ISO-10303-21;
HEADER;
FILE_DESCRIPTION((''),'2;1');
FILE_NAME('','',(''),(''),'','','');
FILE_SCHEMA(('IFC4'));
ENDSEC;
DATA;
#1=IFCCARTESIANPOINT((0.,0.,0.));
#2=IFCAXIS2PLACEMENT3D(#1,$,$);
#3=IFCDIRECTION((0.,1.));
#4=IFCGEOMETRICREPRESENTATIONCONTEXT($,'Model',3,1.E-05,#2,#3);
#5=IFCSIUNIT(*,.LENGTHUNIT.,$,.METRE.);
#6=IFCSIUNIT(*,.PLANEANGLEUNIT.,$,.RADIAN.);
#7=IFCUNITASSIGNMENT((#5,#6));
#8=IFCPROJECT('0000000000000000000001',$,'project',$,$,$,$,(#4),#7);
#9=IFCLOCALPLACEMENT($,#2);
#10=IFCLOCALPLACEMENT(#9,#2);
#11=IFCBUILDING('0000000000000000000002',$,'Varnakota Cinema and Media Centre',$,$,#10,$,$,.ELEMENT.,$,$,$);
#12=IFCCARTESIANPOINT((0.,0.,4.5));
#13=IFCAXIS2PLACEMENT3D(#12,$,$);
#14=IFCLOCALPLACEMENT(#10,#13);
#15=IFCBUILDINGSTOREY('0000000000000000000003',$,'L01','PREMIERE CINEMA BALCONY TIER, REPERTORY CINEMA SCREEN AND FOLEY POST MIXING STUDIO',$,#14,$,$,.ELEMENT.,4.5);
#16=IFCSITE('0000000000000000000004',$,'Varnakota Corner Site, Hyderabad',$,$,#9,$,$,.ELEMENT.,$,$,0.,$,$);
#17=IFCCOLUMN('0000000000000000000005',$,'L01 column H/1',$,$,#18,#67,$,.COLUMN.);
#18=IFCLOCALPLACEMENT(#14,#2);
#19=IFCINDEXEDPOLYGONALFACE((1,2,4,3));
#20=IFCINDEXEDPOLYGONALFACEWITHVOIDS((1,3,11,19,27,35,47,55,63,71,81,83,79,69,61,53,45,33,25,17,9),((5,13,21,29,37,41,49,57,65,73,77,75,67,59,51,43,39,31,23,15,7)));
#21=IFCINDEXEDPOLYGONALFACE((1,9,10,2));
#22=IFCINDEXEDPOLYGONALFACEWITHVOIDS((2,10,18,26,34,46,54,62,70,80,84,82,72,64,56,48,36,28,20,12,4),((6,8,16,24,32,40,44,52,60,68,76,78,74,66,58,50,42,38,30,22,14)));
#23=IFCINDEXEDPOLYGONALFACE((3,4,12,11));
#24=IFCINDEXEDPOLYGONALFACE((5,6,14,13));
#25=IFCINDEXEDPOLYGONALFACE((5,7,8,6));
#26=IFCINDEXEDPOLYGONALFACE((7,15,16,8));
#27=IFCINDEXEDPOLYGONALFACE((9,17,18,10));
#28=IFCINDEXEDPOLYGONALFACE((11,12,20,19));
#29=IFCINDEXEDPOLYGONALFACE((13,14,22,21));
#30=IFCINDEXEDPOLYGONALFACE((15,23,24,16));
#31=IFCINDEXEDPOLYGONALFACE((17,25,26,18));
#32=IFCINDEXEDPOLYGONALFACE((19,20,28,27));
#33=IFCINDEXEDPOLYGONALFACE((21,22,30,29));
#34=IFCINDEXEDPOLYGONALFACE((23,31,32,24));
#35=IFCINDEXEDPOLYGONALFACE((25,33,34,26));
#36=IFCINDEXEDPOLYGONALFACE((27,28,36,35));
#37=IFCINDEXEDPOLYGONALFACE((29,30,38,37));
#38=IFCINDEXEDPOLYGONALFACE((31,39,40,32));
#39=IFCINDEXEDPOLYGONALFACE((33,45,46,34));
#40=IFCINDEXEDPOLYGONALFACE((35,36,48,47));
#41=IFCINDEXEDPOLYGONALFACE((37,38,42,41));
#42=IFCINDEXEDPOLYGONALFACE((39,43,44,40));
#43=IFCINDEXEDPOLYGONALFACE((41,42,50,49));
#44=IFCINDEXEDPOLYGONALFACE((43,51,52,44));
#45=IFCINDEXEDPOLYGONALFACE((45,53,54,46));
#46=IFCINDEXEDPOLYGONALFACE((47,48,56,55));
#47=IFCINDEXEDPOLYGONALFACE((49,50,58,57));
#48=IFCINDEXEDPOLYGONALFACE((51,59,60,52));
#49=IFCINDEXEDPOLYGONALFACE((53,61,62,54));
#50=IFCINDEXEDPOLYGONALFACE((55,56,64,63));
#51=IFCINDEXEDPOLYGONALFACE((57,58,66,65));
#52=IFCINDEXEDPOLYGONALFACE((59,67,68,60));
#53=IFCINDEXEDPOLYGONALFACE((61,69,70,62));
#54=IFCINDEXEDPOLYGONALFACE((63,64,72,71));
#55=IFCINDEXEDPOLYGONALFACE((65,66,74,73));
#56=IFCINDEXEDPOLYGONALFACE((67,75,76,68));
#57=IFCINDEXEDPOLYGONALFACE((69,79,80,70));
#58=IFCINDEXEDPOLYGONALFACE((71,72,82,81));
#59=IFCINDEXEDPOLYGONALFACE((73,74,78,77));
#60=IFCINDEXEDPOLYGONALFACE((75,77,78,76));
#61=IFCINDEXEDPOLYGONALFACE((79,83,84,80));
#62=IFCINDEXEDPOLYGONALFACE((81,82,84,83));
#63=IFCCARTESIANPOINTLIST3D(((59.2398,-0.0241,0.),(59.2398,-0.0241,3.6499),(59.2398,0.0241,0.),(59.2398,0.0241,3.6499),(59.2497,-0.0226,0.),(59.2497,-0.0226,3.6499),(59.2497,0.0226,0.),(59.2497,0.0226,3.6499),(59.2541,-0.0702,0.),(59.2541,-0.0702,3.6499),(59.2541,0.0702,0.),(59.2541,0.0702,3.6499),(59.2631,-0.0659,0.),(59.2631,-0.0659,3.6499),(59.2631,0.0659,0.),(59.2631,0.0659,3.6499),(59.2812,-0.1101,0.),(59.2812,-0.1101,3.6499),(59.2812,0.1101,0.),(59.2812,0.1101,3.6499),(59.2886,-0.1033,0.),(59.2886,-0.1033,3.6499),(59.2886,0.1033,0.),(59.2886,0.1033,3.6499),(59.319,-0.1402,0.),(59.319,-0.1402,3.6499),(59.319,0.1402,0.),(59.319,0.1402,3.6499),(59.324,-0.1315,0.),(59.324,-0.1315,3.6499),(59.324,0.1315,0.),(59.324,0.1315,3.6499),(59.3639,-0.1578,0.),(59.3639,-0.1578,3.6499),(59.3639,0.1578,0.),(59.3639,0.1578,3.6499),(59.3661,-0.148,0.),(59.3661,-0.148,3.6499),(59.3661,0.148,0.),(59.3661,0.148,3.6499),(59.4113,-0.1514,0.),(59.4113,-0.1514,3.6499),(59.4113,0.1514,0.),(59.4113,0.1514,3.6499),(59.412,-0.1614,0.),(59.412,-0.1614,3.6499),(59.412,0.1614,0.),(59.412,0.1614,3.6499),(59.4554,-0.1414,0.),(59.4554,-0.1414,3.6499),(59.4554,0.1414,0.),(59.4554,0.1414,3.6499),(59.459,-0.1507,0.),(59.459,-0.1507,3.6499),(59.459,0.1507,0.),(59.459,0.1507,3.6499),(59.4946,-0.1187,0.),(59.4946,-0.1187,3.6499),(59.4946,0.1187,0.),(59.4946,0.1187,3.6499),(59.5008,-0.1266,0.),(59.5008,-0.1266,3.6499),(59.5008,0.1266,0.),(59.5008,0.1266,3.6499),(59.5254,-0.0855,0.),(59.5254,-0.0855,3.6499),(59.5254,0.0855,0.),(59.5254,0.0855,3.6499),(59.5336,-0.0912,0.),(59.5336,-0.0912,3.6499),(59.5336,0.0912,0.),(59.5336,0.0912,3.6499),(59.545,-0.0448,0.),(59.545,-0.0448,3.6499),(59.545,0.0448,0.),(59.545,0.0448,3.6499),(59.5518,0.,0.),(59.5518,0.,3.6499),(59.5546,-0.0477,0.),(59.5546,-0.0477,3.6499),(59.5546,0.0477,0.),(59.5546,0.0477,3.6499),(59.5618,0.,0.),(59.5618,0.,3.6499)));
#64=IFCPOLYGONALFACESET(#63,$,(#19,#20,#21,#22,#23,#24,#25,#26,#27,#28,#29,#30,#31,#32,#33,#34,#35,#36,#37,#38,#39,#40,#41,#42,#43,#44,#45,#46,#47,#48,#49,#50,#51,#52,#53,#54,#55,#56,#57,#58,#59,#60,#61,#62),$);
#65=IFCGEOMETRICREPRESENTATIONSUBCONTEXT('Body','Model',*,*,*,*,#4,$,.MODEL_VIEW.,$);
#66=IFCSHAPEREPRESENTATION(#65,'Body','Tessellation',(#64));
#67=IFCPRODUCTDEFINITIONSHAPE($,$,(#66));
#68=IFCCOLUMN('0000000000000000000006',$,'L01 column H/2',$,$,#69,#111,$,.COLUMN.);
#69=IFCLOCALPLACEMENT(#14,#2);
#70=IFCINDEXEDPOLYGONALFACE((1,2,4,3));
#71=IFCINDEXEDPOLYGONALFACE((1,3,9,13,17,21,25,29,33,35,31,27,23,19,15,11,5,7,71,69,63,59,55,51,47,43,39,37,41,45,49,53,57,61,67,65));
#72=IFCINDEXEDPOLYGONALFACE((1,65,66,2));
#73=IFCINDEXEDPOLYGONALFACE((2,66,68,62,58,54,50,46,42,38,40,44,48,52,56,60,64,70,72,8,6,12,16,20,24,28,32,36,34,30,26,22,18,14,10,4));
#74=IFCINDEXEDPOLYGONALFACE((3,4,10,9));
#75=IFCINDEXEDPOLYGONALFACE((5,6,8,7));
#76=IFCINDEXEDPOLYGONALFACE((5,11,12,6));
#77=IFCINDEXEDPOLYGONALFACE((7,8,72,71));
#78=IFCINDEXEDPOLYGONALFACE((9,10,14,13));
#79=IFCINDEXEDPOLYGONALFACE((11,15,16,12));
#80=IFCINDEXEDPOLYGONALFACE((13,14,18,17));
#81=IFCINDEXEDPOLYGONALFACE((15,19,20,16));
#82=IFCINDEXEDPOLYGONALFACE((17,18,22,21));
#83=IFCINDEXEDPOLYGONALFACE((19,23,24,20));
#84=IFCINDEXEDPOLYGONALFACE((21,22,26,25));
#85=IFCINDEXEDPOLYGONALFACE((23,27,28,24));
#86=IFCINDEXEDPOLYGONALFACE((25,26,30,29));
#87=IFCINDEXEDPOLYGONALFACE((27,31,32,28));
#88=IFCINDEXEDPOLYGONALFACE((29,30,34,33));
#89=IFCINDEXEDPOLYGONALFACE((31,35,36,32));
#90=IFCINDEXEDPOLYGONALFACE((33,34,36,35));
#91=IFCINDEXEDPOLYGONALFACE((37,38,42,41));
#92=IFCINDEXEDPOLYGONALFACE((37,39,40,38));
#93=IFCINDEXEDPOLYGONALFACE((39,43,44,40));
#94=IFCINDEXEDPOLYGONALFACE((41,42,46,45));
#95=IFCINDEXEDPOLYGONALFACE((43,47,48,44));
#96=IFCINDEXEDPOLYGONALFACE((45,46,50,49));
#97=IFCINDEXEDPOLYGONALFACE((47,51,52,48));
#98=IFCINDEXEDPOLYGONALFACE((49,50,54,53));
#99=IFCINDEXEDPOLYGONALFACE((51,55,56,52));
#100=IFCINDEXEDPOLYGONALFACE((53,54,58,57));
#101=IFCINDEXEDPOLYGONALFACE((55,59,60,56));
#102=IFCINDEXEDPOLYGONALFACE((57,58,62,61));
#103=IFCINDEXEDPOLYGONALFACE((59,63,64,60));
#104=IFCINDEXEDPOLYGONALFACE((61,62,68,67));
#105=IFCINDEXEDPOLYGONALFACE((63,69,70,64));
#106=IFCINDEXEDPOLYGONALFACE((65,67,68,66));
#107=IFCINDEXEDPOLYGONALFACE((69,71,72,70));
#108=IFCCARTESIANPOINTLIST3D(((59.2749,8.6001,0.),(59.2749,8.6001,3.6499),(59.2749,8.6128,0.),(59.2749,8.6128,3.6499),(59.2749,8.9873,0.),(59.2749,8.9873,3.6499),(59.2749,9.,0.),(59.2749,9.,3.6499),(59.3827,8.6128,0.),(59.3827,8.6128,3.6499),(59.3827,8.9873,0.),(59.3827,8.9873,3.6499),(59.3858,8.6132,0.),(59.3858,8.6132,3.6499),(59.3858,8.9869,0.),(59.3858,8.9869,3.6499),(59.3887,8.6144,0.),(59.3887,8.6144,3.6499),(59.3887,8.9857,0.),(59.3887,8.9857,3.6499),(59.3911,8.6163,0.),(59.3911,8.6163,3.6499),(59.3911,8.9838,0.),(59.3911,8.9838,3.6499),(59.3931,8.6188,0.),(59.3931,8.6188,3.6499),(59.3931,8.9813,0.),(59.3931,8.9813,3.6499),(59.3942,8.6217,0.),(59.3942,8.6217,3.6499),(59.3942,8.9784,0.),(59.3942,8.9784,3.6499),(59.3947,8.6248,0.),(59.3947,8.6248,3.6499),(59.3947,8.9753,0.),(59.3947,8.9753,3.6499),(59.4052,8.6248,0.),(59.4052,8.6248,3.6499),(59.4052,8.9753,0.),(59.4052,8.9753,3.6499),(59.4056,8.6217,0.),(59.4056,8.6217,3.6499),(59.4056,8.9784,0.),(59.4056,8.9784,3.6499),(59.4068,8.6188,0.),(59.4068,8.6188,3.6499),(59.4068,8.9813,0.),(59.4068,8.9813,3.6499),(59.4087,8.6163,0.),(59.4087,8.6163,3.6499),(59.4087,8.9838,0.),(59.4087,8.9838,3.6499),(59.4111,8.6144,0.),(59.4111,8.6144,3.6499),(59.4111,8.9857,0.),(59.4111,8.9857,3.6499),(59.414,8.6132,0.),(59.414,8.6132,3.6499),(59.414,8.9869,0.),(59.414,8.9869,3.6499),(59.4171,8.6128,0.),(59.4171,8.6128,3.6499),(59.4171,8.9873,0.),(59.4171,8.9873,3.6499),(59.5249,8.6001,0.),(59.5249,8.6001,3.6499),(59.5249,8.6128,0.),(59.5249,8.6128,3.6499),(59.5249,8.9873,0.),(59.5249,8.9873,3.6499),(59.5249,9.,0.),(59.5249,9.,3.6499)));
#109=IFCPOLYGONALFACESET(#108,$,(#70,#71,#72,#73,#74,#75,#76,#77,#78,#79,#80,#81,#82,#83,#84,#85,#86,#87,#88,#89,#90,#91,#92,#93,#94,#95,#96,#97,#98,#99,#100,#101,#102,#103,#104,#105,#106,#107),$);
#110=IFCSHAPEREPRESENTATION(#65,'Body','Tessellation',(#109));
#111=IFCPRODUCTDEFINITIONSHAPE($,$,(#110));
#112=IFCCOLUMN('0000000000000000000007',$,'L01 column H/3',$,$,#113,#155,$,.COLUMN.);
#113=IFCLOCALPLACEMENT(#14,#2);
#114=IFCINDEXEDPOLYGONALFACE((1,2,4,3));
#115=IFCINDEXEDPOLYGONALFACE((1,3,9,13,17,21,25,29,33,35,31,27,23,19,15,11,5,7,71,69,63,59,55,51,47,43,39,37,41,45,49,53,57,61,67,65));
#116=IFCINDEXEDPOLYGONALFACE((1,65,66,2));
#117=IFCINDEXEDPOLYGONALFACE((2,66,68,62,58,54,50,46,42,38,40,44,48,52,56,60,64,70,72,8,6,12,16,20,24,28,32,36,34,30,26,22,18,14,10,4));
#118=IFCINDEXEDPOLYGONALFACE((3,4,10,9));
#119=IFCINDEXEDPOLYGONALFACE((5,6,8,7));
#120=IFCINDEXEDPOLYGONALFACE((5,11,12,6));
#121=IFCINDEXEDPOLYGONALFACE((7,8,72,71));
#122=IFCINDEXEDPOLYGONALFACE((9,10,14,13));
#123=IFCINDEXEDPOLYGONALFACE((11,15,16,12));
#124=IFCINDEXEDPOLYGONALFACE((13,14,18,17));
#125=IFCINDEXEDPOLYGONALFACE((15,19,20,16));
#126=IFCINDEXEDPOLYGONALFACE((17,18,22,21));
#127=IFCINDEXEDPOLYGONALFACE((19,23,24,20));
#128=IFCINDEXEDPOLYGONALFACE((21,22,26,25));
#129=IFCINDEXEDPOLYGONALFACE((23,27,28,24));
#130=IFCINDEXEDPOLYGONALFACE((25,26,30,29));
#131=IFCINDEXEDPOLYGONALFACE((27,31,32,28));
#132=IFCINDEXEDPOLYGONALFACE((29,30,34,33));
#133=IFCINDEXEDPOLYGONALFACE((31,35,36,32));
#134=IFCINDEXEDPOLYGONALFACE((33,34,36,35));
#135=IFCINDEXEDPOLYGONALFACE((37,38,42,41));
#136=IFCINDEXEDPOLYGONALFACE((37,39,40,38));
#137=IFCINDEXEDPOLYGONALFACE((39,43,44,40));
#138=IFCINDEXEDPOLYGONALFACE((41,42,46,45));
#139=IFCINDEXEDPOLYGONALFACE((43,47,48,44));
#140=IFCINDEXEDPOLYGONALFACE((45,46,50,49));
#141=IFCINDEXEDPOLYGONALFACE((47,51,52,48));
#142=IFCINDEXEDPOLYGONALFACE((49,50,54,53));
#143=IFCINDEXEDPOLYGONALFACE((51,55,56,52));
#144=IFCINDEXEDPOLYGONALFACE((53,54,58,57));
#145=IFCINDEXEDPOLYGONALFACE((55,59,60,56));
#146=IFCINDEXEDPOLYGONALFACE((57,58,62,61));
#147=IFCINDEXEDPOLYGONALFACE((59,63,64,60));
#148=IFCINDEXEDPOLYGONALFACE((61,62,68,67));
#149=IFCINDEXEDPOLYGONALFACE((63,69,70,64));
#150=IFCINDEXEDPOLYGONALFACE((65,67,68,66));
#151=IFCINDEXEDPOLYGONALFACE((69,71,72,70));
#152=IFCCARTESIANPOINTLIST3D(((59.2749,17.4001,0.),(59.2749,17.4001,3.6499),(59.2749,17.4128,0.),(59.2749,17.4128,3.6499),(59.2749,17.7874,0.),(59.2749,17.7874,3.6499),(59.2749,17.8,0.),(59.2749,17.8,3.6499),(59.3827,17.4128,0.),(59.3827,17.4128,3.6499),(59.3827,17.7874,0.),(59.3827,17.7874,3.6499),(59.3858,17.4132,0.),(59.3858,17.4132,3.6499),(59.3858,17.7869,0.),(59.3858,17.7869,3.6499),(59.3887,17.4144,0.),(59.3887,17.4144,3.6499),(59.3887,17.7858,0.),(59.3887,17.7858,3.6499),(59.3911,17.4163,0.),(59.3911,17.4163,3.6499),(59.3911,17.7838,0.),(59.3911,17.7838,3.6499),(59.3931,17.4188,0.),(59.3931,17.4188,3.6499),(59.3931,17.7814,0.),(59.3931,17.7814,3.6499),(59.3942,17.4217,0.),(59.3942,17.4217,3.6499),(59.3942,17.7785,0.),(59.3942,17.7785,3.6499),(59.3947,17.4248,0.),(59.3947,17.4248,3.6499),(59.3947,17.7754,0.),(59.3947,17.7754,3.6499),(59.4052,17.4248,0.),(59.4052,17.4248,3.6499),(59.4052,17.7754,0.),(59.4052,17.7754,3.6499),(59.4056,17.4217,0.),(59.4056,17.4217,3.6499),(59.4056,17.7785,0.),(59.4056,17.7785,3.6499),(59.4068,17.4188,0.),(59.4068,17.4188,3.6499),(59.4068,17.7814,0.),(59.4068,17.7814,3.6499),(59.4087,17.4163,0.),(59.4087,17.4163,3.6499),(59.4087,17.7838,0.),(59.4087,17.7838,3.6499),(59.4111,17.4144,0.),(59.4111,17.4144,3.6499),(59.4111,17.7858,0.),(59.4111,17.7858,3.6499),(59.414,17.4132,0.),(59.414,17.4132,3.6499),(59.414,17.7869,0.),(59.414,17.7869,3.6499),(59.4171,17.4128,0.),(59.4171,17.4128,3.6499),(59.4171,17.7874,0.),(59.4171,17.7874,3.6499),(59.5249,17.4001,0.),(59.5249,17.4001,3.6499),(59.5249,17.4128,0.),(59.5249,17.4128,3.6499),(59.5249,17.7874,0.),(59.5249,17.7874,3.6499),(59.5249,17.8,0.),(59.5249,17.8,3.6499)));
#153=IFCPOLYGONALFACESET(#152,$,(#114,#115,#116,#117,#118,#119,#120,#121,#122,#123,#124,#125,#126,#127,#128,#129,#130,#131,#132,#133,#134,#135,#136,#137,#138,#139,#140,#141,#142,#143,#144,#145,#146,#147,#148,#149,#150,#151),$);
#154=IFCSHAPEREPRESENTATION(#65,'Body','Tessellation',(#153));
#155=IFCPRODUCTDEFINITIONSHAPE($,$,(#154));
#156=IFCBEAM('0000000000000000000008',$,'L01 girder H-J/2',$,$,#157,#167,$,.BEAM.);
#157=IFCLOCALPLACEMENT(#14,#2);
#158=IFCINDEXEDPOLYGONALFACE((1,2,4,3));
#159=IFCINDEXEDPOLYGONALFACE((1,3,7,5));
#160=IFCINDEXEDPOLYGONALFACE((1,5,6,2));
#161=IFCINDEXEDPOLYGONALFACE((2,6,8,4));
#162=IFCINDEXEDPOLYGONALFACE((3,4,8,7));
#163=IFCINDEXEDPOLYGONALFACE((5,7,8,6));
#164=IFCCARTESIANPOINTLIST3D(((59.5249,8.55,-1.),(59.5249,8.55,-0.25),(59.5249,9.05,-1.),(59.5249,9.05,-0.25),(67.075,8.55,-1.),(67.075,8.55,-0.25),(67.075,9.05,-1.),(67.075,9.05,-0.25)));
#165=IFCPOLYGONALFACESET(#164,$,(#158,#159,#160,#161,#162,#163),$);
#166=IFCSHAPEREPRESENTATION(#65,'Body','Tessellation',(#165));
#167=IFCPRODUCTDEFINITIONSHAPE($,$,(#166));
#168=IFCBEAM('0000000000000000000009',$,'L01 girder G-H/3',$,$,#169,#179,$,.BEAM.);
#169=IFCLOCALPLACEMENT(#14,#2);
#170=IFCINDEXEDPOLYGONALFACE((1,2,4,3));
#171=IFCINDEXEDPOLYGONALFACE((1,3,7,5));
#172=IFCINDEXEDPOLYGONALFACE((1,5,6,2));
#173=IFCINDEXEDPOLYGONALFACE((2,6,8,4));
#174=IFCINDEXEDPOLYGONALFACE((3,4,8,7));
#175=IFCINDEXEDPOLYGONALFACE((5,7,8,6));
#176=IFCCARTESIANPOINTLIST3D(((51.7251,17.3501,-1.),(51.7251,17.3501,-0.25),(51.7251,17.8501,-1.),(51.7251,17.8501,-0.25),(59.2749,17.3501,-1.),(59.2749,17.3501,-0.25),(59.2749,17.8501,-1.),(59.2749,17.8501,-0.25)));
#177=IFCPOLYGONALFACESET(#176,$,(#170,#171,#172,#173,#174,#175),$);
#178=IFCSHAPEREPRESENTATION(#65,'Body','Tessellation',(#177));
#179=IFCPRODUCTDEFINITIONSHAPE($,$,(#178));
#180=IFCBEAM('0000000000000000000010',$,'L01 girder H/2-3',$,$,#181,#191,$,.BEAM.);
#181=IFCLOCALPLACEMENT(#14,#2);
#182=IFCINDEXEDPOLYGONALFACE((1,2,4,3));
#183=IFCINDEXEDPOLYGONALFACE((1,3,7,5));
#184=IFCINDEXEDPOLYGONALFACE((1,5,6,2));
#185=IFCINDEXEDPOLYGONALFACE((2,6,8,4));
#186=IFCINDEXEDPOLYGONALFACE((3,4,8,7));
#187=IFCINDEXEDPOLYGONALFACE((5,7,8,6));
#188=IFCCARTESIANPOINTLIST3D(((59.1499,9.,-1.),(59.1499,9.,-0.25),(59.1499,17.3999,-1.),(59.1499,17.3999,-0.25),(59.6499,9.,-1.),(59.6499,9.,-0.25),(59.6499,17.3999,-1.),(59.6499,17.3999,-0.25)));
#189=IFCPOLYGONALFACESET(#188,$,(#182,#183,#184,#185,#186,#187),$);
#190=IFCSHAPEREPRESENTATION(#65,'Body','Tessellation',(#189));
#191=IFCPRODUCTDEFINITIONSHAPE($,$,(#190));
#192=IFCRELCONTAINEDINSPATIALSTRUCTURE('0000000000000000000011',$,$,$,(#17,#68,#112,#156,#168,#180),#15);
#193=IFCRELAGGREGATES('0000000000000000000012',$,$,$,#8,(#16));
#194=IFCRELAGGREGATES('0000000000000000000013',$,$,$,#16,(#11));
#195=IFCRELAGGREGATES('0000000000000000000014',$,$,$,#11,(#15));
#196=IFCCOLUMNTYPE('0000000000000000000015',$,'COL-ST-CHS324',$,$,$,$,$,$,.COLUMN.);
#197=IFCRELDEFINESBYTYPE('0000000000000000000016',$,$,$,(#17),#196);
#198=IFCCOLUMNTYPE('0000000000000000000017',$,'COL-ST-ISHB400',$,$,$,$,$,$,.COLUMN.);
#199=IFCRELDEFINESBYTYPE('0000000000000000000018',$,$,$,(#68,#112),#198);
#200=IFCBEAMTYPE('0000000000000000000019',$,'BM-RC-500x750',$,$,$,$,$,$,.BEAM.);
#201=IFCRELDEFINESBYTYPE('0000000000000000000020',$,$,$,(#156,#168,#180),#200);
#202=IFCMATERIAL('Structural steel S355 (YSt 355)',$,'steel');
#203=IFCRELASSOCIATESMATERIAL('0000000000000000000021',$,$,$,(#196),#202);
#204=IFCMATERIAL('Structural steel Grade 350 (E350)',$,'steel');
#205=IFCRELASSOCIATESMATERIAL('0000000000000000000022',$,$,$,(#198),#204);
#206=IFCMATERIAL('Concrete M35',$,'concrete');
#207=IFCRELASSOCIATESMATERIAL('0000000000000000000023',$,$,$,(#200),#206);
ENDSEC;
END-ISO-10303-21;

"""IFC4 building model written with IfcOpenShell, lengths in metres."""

from ifc_helpers import new_model, si_unit, direction, frame, origin, origin_2d, place, context, subcontext, project, spatial, rectangle, hollow_circle, i_section, extrude, material, material_profile, profile_set, type_object, element, save


model = new_model("IFC4")

# Units and contexts
model_context = context("Model", 3, precision=1e-05, world=origin(), true_north=direction((0.0, 1.0)))
body_context = subcontext(model_context, "Body", "Model", "MODEL_VIEW")
ifc_project = project(units=[si_unit("LENGTHUNIT", "METRE"), si_unit("PLANEANGLEUNIT", "RADIAN")], contexts=[model_context])

# Site, building, storey
site_placement = place(None, origin())
site = spatial("IfcSite", under=ifc_project, at=site_placement, Name="Varnakota Corner Site, Hyderabad", CompositionType="ELEMENT", RefElevation=0.0)
building_placement = place(site_placement, origin())
building = spatial("IfcBuilding", under=site, at=building_placement, Name="Varnakota Cinema and Media Centre", CompositionType="ELEMENT")
storey_placement = place(building_placement, frame((0.0, 0.0, 4.5)))
storey = spatial("IfcBuildingStorey", under=building, at=storey_placement, Name="L01", Description="PREMIERE CINEMA BALCONY TIER, REPERTORY CINEMA SCREEN AND FOLEY POST MIXING STUDIO", CompositionType="ELEMENT", Elevation=4.5)

# Columns
ifc_material_1 = material(Name="Structural steel S355 (YSt 355)", Category="steel")
ifc_material_profile_1 = material_profile(ifc_material_1, hollow_circle(Radius=0.1619, WallThickness=0.01, at=origin_2d()), Name="CHS 323.9x10.0")
ifc_profile_set_1 = profile_set([ifc_material_profile_1], Name="Structural steel S355 (YSt 355)")
column_type_1 = type_object("IfcColumnType", Name="COL-ST-CHS324", PredefinedType="COLUMN", material=ifc_profile_set_1)
column_placement = place(storey_placement, frame((59.3999, 0.0, 0.0), z_axis=(0.0, 0.0, 1.0), x_axis=(1.0, 0.0, 0.0)))
element("IfcColumn", 1, at=column_placement, inside=storey, type_object=column_type_1, Name="L01 column H/1", PredefinedType="COLUMN", context=body_context, shape_type="SweptSolid", body=[
    extrude(hollow_circle(Radius=0.1619, WallThickness=0.01, at=origin_2d()), origin(), (0.0, 0.0, 1.0), 3.6499),
])
ifc_material_2 = material(Name="Structural steel Grade 350 (E350)", Category="steel")
ifc_material_profile_2 = material_profile(ifc_material_2, i_section(OverallWidth=0.25, OverallDepth=0.3999, WebThickness=0.0105, FlangeThickness=0.0127, FilletRadius=0.012, at=origin_2d()), Name="ISHB 400")
ifc_profile_set_2 = profile_set([ifc_material_profile_2], Name="Structural steel Grade 350 (E350)")
column_type_2 = type_object("IfcColumnType", Name="COL-ST-ISHB400", PredefinedType="COLUMN", material=ifc_profile_set_2)
for number, where, z_axis, x_axis, name in (
    (2, (59.3999, 8.8, 0.0), (0.0, 0.0, 1.0), (1.0, 0.0, 0.0), "L01 column H/2"),
    (3, (59.3999, 17.6001, 0.0), (0.0, 0.0, 1.0), (1.0, 0.0, 0.0), "L01 column H/3"),
):
    element("IfcColumn", number, at=place(storey_placement, frame(where, z_axis=z_axis, x_axis=x_axis)), inside=storey, type_object=column_type_2, Name=name, PredefinedType="COLUMN", context=body_context, shape_type="SweptSolid", body=[
        extrude(i_section(OverallWidth=0.25, OverallDepth=0.3999, WebThickness=0.0105, FlangeThickness=0.0127, FilletRadius=0.012, at=origin_2d()), origin(), (0.0, 0.0, 1.0), 3.6499),
    ])

# Beams
ifc_material_3 = material(Name="Concrete M35", Category="concrete")
ifc_material_profile_3 = material_profile(ifc_material_3, rectangle(XDim=0.5, YDim=0.75, at=origin_2d()), Name="RCB 500x750")
ifc_profile_set_3 = profile_set([ifc_material_profile_3], Name="Concrete M35")
beam_type_1 = type_object("IfcBeamType", Name="BM-RC-500x750", PredefinedType="BEAM", material=ifc_profile_set_3)
beam_1_placement = place(storey_placement, frame((59.5249, 8.8, -0.625), z_axis=(1.0, 0.0, 0.0), x_axis=(0.0, 1.0, 0.0)))
element("IfcBeam", 4, at=beam_1_placement, inside=storey, type_object=beam_type_1, Name="L01 girder H-J/2", PredefinedType="BEAM", context=body_context, shape_type="SweptSolid", body=[
    extrude(rectangle(XDim=0.5, YDim=0.75, at=origin_2d()), origin(), (0.0, 0.0, 1.0), 7.55),
])
beam_2_placement = place(storey_placement, frame((51.7251, 17.6001, -0.625), z_axis=(1.0, 0.0, 0.0), x_axis=(0.0, 1.0, 0.0)))
element("IfcBeam", 5, at=beam_2_placement, inside=storey, type_object=beam_type_1, Name="L01 girder G-H/3", PredefinedType="BEAM", context=body_context, shape_type="SweptSolid", body=[
    extrude(rectangle(XDim=0.5, YDim=0.75, at=origin_2d()), origin(), (0.0, 0.0, 1.0), 7.5498),
])
beam_3_placement = place(storey_placement, frame((59.3999, 9.0, -0.625), z_axis=(0.0, 1.0, 0.0), x_axis=(-1.0, 0.0, 0.0)))
element("IfcBeam", 6, at=beam_3_placement, inside=storey, type_object=beam_type_1, Name="L01 girder H/2-3", PredefinedType="BEAM", context=body_context, shape_type="SweptSolid", body=[
    extrude(rectangle(XDim=0.5, YDim=0.75, at=origin_2d()), origin(), (0.0, 0.0, 1.0), 8.3999),
])

save(model, "model.ifc")
